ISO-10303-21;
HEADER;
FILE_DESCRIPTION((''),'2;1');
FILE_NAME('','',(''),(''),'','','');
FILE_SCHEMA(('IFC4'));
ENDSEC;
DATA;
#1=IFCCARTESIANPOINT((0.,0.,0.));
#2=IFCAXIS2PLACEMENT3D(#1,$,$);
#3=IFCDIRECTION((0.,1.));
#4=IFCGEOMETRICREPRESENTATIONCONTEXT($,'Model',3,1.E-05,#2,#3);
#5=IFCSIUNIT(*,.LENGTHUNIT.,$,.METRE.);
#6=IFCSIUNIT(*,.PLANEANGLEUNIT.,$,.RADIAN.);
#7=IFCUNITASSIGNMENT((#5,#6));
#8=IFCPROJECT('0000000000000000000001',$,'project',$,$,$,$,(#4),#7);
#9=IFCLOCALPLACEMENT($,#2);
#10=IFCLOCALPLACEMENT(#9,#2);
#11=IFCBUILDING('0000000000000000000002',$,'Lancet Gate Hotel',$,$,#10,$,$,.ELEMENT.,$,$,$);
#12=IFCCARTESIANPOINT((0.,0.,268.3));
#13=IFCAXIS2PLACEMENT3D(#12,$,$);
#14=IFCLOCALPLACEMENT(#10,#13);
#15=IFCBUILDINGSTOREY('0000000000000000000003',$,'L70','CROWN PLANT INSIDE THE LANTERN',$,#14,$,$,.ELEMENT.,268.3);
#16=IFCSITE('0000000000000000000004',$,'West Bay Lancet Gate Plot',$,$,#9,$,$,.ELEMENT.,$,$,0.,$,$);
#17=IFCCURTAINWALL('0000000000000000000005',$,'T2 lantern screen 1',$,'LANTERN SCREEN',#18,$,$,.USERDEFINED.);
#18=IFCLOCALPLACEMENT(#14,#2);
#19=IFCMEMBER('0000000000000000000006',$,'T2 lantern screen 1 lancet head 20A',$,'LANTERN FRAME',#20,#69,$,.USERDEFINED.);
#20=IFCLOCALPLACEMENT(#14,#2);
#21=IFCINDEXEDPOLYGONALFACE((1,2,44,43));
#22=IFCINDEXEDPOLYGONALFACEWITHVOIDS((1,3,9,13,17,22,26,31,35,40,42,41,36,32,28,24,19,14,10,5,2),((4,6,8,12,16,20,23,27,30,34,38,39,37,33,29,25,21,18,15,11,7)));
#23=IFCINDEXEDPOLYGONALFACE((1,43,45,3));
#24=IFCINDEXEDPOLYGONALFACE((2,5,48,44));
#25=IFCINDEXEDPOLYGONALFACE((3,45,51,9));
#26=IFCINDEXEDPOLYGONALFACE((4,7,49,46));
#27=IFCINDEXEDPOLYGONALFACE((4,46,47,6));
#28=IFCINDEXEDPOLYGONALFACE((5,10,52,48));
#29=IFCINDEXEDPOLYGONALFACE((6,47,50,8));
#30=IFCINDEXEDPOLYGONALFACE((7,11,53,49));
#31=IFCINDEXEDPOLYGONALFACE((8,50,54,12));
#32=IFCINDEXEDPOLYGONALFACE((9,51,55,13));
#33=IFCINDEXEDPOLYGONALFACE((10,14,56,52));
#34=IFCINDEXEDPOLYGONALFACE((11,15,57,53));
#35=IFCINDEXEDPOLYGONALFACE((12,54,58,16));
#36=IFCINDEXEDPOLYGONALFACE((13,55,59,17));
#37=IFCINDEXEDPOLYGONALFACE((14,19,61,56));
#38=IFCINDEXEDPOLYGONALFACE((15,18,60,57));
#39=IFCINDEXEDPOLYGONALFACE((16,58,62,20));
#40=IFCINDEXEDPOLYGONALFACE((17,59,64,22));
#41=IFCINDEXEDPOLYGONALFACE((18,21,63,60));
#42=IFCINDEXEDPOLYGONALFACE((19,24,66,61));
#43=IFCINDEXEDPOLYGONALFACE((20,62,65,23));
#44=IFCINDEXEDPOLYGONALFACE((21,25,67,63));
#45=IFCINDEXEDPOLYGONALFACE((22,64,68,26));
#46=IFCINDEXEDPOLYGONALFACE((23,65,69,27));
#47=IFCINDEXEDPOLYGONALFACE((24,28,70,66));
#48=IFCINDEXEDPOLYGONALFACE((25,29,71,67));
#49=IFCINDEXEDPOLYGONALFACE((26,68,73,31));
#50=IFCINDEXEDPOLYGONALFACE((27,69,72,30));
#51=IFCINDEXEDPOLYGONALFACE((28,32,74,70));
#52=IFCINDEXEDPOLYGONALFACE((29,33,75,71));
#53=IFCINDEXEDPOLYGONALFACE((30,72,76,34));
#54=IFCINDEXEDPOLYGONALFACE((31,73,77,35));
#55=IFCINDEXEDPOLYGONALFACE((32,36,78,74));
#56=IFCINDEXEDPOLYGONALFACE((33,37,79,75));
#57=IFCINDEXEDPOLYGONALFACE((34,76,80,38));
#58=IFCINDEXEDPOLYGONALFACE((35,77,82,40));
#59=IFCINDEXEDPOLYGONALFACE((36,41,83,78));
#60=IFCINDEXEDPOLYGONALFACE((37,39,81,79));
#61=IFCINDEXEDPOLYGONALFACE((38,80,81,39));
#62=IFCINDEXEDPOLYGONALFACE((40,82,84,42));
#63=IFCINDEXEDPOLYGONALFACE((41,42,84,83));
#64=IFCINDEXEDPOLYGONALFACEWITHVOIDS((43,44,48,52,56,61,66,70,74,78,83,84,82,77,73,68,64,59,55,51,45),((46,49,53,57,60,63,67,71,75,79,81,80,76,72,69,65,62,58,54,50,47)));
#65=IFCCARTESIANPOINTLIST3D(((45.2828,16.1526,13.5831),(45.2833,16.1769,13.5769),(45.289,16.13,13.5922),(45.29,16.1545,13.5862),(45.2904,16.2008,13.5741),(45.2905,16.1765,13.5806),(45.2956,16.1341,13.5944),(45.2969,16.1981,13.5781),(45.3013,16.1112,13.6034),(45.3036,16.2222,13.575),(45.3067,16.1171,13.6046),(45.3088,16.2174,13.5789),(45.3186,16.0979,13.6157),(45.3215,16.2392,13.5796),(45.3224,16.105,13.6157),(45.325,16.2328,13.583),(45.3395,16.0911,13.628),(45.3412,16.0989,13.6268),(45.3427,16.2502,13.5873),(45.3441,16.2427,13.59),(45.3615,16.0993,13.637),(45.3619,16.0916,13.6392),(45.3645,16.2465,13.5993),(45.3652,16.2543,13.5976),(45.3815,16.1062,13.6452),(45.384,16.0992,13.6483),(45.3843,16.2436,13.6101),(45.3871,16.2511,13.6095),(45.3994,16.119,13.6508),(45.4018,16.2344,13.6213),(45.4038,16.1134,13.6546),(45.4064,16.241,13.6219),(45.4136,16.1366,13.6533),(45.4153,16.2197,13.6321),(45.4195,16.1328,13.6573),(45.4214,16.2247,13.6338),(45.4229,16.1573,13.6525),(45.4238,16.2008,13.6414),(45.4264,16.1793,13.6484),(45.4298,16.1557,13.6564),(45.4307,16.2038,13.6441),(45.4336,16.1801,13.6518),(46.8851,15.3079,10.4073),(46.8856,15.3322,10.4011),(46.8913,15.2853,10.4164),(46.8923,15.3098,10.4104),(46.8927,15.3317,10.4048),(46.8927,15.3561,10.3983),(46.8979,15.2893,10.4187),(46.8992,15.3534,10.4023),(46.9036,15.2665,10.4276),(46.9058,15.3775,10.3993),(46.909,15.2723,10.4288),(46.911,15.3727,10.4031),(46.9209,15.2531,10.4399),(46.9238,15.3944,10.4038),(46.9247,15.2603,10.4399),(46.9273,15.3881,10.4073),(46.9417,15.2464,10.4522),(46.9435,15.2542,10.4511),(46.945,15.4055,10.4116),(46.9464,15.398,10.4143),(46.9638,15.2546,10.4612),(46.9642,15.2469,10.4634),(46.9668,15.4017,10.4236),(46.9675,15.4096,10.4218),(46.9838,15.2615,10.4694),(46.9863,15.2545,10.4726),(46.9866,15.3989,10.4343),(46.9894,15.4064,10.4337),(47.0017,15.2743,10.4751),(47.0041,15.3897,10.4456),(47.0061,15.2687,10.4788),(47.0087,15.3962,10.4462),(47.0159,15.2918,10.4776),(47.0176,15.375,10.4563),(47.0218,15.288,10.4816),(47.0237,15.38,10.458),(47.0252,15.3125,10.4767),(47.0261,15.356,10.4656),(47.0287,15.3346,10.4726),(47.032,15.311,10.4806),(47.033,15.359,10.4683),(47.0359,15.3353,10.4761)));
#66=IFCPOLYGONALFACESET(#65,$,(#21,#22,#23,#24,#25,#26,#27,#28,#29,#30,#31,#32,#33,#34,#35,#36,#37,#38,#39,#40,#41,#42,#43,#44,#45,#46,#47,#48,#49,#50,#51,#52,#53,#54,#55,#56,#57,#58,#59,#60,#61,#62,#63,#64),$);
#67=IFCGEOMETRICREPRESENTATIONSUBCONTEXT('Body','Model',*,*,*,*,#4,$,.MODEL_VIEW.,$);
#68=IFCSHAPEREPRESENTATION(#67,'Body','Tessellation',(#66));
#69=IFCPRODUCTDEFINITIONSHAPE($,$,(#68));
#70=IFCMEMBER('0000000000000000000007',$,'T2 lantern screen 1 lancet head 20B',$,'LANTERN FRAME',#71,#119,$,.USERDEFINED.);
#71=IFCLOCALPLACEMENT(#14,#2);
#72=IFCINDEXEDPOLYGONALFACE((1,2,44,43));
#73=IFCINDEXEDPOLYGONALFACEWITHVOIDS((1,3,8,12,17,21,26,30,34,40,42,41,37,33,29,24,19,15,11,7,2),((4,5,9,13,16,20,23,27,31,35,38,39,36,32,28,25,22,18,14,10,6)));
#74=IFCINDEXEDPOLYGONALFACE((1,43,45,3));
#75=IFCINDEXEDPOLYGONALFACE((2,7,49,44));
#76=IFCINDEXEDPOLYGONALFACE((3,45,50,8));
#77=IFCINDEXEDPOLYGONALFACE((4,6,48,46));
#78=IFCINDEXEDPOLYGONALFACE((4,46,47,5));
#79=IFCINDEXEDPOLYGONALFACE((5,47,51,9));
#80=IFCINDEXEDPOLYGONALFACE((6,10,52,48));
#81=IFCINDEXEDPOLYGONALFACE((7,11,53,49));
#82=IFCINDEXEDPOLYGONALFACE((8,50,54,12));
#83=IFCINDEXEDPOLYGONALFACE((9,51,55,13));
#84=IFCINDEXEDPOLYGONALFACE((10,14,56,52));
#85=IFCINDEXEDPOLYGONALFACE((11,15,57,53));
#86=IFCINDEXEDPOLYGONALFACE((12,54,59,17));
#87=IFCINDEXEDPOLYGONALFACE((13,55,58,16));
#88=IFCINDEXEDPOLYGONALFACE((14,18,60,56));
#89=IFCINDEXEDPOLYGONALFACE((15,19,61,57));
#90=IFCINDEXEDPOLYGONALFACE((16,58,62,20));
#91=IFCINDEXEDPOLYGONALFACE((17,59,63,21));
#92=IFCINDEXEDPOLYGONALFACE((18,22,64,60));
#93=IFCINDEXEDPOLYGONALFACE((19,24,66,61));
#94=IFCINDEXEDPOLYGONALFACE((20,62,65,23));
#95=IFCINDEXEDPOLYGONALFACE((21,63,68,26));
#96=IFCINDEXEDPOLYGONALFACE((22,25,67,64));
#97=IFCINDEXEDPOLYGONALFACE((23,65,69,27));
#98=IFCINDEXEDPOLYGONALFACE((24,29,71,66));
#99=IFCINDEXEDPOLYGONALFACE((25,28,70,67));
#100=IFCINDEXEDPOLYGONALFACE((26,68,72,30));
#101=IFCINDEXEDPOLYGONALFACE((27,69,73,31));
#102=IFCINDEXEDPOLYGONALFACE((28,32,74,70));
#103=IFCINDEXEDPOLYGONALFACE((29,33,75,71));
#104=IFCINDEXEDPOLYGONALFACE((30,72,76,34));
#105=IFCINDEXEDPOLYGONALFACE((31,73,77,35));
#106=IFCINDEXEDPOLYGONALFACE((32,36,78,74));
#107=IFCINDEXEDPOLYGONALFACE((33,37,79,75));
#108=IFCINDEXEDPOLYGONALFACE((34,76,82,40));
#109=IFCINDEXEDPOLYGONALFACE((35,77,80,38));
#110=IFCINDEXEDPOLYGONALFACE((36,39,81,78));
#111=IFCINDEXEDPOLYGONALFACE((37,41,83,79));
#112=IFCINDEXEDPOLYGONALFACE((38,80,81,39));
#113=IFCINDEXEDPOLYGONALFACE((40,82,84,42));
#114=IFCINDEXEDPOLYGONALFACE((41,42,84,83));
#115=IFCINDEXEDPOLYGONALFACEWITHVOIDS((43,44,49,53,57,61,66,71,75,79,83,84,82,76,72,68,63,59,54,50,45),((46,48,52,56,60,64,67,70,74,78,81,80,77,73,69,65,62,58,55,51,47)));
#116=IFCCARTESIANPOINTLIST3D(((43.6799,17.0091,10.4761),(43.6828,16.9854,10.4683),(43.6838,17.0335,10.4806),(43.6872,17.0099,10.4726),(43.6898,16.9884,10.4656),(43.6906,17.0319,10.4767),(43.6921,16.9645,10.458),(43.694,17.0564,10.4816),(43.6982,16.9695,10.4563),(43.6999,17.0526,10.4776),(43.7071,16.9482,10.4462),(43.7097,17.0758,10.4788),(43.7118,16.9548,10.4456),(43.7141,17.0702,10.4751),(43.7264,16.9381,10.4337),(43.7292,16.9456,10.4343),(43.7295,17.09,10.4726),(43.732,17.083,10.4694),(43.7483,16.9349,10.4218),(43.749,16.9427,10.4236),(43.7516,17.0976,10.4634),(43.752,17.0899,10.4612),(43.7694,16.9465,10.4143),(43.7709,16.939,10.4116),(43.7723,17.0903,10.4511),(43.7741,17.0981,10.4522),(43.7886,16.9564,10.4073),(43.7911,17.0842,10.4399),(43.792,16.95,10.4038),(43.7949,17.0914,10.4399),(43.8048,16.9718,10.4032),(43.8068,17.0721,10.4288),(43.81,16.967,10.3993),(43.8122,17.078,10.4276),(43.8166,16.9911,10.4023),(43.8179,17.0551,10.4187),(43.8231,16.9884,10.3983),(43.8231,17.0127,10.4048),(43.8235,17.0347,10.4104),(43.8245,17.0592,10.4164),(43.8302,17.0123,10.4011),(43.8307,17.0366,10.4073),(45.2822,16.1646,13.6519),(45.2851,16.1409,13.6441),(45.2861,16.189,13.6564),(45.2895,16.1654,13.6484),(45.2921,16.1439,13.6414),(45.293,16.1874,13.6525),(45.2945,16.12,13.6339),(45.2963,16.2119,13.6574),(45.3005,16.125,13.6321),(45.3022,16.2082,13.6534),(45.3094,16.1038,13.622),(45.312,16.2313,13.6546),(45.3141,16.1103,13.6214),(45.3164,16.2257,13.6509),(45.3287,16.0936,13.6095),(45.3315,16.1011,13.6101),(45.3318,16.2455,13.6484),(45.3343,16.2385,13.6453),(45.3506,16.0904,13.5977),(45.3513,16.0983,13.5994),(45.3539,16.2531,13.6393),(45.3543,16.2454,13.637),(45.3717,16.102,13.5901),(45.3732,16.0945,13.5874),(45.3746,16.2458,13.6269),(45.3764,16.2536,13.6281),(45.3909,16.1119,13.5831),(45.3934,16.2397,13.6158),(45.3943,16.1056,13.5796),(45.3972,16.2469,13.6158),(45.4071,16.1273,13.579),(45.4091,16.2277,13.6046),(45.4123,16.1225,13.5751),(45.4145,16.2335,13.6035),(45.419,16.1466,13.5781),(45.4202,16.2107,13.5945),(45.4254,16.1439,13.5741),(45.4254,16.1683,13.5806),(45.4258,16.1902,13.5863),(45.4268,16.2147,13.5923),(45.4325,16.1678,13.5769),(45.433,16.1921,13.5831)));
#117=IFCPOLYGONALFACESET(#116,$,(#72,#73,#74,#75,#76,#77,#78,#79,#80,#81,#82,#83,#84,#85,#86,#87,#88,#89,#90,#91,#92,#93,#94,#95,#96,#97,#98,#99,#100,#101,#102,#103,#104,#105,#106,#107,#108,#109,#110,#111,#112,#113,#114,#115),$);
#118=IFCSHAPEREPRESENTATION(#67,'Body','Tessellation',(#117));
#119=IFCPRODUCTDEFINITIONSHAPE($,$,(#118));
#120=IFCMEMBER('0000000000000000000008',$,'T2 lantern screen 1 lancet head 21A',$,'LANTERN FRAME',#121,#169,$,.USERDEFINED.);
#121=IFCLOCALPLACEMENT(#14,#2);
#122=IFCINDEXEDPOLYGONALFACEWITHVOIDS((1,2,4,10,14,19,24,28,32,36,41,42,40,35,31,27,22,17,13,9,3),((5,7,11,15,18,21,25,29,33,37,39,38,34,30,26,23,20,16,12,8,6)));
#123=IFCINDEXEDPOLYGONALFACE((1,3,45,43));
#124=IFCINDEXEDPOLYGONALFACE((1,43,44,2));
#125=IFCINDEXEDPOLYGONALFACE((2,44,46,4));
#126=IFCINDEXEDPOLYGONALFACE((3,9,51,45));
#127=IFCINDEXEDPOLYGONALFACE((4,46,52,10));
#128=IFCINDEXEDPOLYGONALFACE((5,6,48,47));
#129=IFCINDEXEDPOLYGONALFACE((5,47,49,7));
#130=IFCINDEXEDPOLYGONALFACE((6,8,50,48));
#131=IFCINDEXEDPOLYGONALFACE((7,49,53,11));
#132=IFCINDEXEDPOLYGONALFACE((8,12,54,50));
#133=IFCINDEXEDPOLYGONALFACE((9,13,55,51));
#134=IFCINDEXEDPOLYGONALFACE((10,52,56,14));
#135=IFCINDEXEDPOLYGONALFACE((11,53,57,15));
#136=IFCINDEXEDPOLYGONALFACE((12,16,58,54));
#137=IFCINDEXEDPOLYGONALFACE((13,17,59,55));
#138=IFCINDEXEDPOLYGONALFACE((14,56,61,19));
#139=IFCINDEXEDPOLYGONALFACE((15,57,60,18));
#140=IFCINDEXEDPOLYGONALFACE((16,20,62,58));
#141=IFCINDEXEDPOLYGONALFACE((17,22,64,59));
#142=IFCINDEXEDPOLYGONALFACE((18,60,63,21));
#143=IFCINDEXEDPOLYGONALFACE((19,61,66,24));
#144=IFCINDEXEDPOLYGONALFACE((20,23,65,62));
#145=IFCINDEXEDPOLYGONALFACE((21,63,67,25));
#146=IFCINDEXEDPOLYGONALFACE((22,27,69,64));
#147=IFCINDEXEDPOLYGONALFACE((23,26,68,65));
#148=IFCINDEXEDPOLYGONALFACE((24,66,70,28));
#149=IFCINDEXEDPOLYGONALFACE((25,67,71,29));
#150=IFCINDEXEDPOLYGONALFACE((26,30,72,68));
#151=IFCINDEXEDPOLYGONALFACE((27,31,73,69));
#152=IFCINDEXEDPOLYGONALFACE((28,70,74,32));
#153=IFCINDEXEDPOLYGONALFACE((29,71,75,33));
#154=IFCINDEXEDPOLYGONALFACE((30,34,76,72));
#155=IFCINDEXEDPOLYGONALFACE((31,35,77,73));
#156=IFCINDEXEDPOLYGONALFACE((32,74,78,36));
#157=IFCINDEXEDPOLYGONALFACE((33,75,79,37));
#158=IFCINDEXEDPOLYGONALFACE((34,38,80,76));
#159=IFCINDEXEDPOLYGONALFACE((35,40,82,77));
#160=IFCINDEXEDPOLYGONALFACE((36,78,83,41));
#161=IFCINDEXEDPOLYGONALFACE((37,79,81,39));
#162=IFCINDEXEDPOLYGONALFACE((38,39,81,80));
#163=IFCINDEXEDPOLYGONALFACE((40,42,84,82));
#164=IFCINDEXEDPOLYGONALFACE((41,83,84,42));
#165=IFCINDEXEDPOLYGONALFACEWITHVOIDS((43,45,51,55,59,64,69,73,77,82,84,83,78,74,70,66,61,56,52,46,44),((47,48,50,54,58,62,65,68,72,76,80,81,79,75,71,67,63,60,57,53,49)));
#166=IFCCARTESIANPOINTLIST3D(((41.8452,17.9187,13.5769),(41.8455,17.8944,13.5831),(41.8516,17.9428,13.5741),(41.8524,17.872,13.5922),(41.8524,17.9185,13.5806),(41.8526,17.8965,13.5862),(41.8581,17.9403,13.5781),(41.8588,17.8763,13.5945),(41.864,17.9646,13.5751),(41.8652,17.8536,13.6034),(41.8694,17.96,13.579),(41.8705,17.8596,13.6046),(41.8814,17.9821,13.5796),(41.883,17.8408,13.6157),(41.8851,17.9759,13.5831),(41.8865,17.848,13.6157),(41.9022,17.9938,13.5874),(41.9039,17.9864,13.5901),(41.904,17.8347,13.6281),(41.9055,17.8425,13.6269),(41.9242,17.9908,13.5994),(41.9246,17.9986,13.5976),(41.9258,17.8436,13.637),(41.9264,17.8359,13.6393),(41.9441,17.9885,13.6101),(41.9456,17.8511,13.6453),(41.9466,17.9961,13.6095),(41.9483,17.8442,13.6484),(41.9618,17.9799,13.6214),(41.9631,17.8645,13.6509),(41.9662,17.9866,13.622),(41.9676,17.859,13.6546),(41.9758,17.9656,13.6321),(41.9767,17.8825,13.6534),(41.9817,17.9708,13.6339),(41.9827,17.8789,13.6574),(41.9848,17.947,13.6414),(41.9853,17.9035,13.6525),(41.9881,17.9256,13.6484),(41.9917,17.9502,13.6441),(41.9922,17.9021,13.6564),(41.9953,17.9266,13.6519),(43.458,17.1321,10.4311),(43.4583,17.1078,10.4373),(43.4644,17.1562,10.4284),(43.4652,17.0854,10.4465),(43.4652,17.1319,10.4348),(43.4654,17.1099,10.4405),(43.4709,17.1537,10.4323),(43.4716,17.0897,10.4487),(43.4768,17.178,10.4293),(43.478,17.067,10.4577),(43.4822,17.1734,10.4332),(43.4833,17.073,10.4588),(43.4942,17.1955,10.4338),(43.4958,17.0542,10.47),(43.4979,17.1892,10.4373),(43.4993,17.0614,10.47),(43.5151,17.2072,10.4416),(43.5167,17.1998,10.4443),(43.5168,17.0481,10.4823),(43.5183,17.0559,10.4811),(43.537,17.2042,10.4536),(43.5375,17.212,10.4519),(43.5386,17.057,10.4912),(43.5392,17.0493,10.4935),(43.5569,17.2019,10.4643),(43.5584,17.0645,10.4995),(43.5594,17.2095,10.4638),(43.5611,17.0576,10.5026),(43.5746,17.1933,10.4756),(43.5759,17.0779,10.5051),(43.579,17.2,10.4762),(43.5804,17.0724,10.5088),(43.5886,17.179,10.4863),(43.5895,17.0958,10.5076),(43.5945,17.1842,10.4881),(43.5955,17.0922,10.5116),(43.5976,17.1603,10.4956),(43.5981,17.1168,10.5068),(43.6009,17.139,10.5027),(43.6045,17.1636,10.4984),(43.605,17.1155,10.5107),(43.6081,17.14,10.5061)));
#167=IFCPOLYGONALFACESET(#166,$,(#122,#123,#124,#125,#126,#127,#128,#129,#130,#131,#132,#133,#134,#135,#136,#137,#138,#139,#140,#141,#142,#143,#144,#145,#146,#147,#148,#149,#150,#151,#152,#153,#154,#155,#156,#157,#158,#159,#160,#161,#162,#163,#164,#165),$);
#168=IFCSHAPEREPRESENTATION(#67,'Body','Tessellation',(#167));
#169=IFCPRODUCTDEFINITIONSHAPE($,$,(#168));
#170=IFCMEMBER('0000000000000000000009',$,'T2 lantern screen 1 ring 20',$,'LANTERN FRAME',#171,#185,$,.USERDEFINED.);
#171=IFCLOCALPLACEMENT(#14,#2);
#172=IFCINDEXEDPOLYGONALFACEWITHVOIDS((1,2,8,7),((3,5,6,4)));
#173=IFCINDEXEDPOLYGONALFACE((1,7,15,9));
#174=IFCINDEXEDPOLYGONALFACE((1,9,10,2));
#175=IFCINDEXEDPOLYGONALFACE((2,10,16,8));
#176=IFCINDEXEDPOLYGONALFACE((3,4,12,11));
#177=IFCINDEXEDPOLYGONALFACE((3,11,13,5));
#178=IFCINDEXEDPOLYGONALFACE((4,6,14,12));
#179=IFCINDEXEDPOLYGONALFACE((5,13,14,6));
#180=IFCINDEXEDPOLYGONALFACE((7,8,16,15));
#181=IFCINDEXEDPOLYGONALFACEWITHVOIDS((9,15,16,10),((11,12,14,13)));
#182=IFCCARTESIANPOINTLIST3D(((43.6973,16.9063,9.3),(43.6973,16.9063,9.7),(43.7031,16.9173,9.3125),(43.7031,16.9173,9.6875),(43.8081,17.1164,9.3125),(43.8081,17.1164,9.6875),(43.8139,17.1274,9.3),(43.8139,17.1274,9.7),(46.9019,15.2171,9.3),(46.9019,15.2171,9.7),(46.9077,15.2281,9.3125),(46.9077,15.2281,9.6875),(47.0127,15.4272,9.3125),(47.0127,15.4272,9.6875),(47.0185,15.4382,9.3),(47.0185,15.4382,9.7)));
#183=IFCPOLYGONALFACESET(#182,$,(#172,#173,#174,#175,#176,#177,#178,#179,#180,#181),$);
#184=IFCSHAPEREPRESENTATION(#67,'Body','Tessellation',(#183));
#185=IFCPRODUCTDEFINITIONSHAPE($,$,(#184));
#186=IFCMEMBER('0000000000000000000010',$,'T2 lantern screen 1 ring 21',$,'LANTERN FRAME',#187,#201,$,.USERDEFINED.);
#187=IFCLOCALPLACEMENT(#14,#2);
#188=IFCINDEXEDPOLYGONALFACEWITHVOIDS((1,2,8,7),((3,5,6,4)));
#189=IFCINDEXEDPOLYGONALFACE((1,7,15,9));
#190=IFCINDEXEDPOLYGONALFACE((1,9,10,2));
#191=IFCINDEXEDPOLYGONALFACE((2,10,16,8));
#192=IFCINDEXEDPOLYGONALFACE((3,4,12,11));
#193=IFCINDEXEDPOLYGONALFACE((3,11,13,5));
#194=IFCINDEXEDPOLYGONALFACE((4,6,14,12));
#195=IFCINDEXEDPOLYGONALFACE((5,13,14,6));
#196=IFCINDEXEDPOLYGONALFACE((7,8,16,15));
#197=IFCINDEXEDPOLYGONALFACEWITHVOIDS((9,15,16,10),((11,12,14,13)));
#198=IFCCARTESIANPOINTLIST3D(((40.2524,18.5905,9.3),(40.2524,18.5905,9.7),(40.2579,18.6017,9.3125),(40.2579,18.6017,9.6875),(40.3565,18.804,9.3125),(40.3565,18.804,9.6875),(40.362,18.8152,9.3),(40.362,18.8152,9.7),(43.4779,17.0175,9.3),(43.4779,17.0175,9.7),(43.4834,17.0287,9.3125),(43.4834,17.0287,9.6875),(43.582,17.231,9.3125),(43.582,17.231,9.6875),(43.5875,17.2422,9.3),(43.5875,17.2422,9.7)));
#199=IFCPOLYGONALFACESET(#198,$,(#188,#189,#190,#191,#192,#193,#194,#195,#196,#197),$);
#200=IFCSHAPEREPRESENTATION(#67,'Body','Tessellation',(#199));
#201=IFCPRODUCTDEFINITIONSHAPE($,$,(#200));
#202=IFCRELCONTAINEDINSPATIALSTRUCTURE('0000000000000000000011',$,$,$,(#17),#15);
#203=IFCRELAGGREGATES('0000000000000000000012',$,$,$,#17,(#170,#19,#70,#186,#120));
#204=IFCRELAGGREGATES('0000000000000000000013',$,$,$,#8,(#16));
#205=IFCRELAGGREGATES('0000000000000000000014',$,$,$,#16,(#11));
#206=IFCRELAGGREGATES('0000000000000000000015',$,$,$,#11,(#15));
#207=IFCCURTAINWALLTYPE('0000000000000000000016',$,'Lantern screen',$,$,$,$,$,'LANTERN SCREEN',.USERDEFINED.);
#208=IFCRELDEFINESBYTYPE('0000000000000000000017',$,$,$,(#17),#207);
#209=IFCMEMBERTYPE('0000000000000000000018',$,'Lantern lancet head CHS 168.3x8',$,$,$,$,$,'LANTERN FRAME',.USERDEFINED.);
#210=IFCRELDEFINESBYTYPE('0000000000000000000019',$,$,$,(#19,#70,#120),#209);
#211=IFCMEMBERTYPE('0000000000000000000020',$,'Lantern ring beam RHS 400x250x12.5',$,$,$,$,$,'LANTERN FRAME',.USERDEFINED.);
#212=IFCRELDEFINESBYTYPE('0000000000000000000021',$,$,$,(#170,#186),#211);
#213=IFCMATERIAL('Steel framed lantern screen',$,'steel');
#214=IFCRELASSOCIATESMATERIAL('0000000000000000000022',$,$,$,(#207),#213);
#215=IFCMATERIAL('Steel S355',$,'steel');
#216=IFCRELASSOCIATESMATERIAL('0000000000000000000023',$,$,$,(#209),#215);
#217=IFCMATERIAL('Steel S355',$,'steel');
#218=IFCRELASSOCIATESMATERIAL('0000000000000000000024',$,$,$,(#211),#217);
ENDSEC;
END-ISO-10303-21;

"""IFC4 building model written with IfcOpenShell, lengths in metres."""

from ifc_helpers import new_model, si_unit, direction, frame, origin, origin_2d, place, context, subcontext, project, spatial, hollow_rectangle, hollow_circle, extrude, material, material_profile, profile_set, type_object, element, aggregate, save


model = new_model("IFC4")

# Units and contexts
model_context = context("Model", 3, precision=1e-05, world=origin(), true_north=direction((0.0, 1.0)))
body_context = subcontext(model_context, "Body", "Model", "MODEL_VIEW")
ifc_project = project(units=[si_unit("LENGTHUNIT", "METRE"), si_unit("PLANEANGLEUNIT", "RADIAN")], contexts=[model_context])

# Site, building, storey
site_placement = place(None, origin())
site = spatial("IfcSite", under=ifc_project, at=site_placement, Name="West Bay Lancet Gate Plot", CompositionType="ELEMENT", RefElevation=0.0)
building_placement = place(site_placement, origin())
building = spatial("IfcBuilding", under=site, at=building_placement, Name="Lancet Gate Hotel", CompositionType="ELEMENT")
storey_placement = place(building_placement, frame((0.0, 0.0, 268.3)))
storey = spatial("IfcBuildingStorey", under=building, at=storey_placement, Name="L70", Description="CROWN PLANT INSIDE THE LANTERN", CompositionType="ELEMENT", Elevation=268.3)

# Curtain wall, members
ifc_material_1 = material(Name="Steel framed lantern screen", Category="steel")
curtain_wall_type_1 = type_object("IfcCurtainWallType", Name="Lantern screen", ElementType="LANTERN SCREEN", PredefinedType="USERDEFINED", material=ifc_material_1)
curtain_wall_1_placement = place(storey_placement, origin())
curtain_wall_1 = element("IfcCurtainWall", 1, at=curtain_wall_1_placement, inside=storey, type_object=curtain_wall_type_1, Name="T2 lantern screen 1", ObjectType="LANTERN SCREEN", PredefinedType="USERDEFINED")
ifc_material_2 = material(Name="Steel S355", Category="steel")
ifc_material_profile_1 = material_profile(ifc_material_2, hollow_circle(Radius=0.0842, WallThickness=0.0081, at=origin_2d()), Name="CHS 168.3x8.0")
ifc_profile_set_1 = profile_set([ifc_material_profile_1], Name="Steel S355")
member_type_1 = type_object("IfcMemberType", Name="Lantern lancet head CHS 168.3x8", ElementType="LANTERN FRAME", PredefinedType="USERDEFINED", material=ifc_profile_set_1)
member_1_placement = place(storey_placement, frame((46.9602, 15.3276, 10.4399), z_axis=(-0.438262, 0.231051, 0.868644), x_axis=(-0.466357, -0.884596, 0.0)))
member_1 = element("IfcMember", 2, at=member_1_placement, type_object=member_type_1, Name="T2 lantern screen 1 lancet head 20A", ObjectType="LANTERN FRAME", PredefinedType="USERDEFINED", context=body_context, shape_type="SweptSolid", body=[
    extrude(hollow_circle(Radius=0.0842, WallThickness=0.0081, at=origin_2d()), origin(), (0.0, 0.0, 1.0), 3.656),
])
member_2_placement = place(storey_placement, frame((43.7556, 17.0168, 10.4399), z_axis=(0.438269, -0.230988, 0.868657), x_axis=(0.466252, 0.884652, 0.0)))
member_2 = element("IfcMember", 3, at=member_2_placement, type_object=member_type_1, Name="T2 lantern screen 1 lancet head 20B", ObjectType="LANTERN FRAME", PredefinedType="USERDEFINED", context=body_context, shape_type="SweptSolid", body=[
    extrude(hollow_circle(Radius=0.0842, WallThickness=0.0081, at=origin_2d()), origin(), (0.0, 0.0, 1.0), 3.656),
])
member_3_placement = place(storey_placement, frame((43.5327, 17.1299, 10.47), z_axis=(-0.445332, 0.217206, 0.86862), x_axis=(-0.438375, -0.898792, 0.0)))
member_3 = element("IfcMember", 4, at=member_3_placement, type_object=member_type_1, Name="T2 lantern screen 1 lancet head 21A", ObjectType="LANTERN FRAME", PredefinedType="USERDEFINED", context=body_context, shape_type="SweptSolid", body=[
    extrude(hollow_circle(Radius=0.0842, WallThickness=0.0081, at=origin_2d()), origin(), (0.0, 0.0, 1.0), 3.6216),
])
ifc_material_3 = material(Name="Steel S355", Category="steel")
ifc_material_profile_2 = material_profile(ifc_material_3, hollow_rectangle(XDim=0.25, YDim=0.3999, WallThickness=0.0125, at=origin_2d()), Name="RHS 400x250x12.5")
ifc_profile_set_2 = profile_set([ifc_material_profile_2], Name="Steel S355")
member_type_2 = type_object("IfcMemberType", Name="Lantern ring beam RHS 400x250x12.5", ElementType="LANTERN FRAME", PredefinedType="USERDEFINED", material=ifc_profile_set_2)
member_4_placement = place(storey_placement, frame((46.9602, 15.3276, 9.5), z_axis=(-0.884624, 0.466305, 0.0), x_axis=(-0.466305, -0.884624, 0.0)))
member_4 = element("IfcMember", 5, at=member_4_placement, type_object=member_type_2, Name="T2 lantern screen 1 ring 20", ObjectType="LANTERN FRAME", PredefinedType="USERDEFINED", context=body_context, shape_type="SweptSolid", body=[
    extrude(hollow_rectangle(XDim=0.25, YDim=0.3999, WallThickness=0.0125, at=origin_2d()), origin(), (0.0, 0.0, 1.0), 3.6226),
])
member_5_placement = place(storey_placement, frame((43.5327, 17.1299, 9.5), z_axis=(-0.898819, 0.43832, 0.0), x_axis=(-0.43832, -0.898819, 0.0)))
member_5 = element("IfcMember", 6, at=member_5_placement, type_object=member_type_2, Name="T2 lantern screen 1 ring 21", ObjectType="LANTERN FRAME", PredefinedType="USERDEFINED", context=body_context, shape_type="SweptSolid", body=[
    extrude(hollow_rectangle(XDim=0.25, YDim=0.3999, WallThickness=0.0125, at=origin_2d()), origin(), (0.0, 0.0, 1.0), 3.5886),
])

aggregate(curtain_wall_1, [member_4, member_1, member_2, member_5, member_3])

save(model, "model.ifc")
